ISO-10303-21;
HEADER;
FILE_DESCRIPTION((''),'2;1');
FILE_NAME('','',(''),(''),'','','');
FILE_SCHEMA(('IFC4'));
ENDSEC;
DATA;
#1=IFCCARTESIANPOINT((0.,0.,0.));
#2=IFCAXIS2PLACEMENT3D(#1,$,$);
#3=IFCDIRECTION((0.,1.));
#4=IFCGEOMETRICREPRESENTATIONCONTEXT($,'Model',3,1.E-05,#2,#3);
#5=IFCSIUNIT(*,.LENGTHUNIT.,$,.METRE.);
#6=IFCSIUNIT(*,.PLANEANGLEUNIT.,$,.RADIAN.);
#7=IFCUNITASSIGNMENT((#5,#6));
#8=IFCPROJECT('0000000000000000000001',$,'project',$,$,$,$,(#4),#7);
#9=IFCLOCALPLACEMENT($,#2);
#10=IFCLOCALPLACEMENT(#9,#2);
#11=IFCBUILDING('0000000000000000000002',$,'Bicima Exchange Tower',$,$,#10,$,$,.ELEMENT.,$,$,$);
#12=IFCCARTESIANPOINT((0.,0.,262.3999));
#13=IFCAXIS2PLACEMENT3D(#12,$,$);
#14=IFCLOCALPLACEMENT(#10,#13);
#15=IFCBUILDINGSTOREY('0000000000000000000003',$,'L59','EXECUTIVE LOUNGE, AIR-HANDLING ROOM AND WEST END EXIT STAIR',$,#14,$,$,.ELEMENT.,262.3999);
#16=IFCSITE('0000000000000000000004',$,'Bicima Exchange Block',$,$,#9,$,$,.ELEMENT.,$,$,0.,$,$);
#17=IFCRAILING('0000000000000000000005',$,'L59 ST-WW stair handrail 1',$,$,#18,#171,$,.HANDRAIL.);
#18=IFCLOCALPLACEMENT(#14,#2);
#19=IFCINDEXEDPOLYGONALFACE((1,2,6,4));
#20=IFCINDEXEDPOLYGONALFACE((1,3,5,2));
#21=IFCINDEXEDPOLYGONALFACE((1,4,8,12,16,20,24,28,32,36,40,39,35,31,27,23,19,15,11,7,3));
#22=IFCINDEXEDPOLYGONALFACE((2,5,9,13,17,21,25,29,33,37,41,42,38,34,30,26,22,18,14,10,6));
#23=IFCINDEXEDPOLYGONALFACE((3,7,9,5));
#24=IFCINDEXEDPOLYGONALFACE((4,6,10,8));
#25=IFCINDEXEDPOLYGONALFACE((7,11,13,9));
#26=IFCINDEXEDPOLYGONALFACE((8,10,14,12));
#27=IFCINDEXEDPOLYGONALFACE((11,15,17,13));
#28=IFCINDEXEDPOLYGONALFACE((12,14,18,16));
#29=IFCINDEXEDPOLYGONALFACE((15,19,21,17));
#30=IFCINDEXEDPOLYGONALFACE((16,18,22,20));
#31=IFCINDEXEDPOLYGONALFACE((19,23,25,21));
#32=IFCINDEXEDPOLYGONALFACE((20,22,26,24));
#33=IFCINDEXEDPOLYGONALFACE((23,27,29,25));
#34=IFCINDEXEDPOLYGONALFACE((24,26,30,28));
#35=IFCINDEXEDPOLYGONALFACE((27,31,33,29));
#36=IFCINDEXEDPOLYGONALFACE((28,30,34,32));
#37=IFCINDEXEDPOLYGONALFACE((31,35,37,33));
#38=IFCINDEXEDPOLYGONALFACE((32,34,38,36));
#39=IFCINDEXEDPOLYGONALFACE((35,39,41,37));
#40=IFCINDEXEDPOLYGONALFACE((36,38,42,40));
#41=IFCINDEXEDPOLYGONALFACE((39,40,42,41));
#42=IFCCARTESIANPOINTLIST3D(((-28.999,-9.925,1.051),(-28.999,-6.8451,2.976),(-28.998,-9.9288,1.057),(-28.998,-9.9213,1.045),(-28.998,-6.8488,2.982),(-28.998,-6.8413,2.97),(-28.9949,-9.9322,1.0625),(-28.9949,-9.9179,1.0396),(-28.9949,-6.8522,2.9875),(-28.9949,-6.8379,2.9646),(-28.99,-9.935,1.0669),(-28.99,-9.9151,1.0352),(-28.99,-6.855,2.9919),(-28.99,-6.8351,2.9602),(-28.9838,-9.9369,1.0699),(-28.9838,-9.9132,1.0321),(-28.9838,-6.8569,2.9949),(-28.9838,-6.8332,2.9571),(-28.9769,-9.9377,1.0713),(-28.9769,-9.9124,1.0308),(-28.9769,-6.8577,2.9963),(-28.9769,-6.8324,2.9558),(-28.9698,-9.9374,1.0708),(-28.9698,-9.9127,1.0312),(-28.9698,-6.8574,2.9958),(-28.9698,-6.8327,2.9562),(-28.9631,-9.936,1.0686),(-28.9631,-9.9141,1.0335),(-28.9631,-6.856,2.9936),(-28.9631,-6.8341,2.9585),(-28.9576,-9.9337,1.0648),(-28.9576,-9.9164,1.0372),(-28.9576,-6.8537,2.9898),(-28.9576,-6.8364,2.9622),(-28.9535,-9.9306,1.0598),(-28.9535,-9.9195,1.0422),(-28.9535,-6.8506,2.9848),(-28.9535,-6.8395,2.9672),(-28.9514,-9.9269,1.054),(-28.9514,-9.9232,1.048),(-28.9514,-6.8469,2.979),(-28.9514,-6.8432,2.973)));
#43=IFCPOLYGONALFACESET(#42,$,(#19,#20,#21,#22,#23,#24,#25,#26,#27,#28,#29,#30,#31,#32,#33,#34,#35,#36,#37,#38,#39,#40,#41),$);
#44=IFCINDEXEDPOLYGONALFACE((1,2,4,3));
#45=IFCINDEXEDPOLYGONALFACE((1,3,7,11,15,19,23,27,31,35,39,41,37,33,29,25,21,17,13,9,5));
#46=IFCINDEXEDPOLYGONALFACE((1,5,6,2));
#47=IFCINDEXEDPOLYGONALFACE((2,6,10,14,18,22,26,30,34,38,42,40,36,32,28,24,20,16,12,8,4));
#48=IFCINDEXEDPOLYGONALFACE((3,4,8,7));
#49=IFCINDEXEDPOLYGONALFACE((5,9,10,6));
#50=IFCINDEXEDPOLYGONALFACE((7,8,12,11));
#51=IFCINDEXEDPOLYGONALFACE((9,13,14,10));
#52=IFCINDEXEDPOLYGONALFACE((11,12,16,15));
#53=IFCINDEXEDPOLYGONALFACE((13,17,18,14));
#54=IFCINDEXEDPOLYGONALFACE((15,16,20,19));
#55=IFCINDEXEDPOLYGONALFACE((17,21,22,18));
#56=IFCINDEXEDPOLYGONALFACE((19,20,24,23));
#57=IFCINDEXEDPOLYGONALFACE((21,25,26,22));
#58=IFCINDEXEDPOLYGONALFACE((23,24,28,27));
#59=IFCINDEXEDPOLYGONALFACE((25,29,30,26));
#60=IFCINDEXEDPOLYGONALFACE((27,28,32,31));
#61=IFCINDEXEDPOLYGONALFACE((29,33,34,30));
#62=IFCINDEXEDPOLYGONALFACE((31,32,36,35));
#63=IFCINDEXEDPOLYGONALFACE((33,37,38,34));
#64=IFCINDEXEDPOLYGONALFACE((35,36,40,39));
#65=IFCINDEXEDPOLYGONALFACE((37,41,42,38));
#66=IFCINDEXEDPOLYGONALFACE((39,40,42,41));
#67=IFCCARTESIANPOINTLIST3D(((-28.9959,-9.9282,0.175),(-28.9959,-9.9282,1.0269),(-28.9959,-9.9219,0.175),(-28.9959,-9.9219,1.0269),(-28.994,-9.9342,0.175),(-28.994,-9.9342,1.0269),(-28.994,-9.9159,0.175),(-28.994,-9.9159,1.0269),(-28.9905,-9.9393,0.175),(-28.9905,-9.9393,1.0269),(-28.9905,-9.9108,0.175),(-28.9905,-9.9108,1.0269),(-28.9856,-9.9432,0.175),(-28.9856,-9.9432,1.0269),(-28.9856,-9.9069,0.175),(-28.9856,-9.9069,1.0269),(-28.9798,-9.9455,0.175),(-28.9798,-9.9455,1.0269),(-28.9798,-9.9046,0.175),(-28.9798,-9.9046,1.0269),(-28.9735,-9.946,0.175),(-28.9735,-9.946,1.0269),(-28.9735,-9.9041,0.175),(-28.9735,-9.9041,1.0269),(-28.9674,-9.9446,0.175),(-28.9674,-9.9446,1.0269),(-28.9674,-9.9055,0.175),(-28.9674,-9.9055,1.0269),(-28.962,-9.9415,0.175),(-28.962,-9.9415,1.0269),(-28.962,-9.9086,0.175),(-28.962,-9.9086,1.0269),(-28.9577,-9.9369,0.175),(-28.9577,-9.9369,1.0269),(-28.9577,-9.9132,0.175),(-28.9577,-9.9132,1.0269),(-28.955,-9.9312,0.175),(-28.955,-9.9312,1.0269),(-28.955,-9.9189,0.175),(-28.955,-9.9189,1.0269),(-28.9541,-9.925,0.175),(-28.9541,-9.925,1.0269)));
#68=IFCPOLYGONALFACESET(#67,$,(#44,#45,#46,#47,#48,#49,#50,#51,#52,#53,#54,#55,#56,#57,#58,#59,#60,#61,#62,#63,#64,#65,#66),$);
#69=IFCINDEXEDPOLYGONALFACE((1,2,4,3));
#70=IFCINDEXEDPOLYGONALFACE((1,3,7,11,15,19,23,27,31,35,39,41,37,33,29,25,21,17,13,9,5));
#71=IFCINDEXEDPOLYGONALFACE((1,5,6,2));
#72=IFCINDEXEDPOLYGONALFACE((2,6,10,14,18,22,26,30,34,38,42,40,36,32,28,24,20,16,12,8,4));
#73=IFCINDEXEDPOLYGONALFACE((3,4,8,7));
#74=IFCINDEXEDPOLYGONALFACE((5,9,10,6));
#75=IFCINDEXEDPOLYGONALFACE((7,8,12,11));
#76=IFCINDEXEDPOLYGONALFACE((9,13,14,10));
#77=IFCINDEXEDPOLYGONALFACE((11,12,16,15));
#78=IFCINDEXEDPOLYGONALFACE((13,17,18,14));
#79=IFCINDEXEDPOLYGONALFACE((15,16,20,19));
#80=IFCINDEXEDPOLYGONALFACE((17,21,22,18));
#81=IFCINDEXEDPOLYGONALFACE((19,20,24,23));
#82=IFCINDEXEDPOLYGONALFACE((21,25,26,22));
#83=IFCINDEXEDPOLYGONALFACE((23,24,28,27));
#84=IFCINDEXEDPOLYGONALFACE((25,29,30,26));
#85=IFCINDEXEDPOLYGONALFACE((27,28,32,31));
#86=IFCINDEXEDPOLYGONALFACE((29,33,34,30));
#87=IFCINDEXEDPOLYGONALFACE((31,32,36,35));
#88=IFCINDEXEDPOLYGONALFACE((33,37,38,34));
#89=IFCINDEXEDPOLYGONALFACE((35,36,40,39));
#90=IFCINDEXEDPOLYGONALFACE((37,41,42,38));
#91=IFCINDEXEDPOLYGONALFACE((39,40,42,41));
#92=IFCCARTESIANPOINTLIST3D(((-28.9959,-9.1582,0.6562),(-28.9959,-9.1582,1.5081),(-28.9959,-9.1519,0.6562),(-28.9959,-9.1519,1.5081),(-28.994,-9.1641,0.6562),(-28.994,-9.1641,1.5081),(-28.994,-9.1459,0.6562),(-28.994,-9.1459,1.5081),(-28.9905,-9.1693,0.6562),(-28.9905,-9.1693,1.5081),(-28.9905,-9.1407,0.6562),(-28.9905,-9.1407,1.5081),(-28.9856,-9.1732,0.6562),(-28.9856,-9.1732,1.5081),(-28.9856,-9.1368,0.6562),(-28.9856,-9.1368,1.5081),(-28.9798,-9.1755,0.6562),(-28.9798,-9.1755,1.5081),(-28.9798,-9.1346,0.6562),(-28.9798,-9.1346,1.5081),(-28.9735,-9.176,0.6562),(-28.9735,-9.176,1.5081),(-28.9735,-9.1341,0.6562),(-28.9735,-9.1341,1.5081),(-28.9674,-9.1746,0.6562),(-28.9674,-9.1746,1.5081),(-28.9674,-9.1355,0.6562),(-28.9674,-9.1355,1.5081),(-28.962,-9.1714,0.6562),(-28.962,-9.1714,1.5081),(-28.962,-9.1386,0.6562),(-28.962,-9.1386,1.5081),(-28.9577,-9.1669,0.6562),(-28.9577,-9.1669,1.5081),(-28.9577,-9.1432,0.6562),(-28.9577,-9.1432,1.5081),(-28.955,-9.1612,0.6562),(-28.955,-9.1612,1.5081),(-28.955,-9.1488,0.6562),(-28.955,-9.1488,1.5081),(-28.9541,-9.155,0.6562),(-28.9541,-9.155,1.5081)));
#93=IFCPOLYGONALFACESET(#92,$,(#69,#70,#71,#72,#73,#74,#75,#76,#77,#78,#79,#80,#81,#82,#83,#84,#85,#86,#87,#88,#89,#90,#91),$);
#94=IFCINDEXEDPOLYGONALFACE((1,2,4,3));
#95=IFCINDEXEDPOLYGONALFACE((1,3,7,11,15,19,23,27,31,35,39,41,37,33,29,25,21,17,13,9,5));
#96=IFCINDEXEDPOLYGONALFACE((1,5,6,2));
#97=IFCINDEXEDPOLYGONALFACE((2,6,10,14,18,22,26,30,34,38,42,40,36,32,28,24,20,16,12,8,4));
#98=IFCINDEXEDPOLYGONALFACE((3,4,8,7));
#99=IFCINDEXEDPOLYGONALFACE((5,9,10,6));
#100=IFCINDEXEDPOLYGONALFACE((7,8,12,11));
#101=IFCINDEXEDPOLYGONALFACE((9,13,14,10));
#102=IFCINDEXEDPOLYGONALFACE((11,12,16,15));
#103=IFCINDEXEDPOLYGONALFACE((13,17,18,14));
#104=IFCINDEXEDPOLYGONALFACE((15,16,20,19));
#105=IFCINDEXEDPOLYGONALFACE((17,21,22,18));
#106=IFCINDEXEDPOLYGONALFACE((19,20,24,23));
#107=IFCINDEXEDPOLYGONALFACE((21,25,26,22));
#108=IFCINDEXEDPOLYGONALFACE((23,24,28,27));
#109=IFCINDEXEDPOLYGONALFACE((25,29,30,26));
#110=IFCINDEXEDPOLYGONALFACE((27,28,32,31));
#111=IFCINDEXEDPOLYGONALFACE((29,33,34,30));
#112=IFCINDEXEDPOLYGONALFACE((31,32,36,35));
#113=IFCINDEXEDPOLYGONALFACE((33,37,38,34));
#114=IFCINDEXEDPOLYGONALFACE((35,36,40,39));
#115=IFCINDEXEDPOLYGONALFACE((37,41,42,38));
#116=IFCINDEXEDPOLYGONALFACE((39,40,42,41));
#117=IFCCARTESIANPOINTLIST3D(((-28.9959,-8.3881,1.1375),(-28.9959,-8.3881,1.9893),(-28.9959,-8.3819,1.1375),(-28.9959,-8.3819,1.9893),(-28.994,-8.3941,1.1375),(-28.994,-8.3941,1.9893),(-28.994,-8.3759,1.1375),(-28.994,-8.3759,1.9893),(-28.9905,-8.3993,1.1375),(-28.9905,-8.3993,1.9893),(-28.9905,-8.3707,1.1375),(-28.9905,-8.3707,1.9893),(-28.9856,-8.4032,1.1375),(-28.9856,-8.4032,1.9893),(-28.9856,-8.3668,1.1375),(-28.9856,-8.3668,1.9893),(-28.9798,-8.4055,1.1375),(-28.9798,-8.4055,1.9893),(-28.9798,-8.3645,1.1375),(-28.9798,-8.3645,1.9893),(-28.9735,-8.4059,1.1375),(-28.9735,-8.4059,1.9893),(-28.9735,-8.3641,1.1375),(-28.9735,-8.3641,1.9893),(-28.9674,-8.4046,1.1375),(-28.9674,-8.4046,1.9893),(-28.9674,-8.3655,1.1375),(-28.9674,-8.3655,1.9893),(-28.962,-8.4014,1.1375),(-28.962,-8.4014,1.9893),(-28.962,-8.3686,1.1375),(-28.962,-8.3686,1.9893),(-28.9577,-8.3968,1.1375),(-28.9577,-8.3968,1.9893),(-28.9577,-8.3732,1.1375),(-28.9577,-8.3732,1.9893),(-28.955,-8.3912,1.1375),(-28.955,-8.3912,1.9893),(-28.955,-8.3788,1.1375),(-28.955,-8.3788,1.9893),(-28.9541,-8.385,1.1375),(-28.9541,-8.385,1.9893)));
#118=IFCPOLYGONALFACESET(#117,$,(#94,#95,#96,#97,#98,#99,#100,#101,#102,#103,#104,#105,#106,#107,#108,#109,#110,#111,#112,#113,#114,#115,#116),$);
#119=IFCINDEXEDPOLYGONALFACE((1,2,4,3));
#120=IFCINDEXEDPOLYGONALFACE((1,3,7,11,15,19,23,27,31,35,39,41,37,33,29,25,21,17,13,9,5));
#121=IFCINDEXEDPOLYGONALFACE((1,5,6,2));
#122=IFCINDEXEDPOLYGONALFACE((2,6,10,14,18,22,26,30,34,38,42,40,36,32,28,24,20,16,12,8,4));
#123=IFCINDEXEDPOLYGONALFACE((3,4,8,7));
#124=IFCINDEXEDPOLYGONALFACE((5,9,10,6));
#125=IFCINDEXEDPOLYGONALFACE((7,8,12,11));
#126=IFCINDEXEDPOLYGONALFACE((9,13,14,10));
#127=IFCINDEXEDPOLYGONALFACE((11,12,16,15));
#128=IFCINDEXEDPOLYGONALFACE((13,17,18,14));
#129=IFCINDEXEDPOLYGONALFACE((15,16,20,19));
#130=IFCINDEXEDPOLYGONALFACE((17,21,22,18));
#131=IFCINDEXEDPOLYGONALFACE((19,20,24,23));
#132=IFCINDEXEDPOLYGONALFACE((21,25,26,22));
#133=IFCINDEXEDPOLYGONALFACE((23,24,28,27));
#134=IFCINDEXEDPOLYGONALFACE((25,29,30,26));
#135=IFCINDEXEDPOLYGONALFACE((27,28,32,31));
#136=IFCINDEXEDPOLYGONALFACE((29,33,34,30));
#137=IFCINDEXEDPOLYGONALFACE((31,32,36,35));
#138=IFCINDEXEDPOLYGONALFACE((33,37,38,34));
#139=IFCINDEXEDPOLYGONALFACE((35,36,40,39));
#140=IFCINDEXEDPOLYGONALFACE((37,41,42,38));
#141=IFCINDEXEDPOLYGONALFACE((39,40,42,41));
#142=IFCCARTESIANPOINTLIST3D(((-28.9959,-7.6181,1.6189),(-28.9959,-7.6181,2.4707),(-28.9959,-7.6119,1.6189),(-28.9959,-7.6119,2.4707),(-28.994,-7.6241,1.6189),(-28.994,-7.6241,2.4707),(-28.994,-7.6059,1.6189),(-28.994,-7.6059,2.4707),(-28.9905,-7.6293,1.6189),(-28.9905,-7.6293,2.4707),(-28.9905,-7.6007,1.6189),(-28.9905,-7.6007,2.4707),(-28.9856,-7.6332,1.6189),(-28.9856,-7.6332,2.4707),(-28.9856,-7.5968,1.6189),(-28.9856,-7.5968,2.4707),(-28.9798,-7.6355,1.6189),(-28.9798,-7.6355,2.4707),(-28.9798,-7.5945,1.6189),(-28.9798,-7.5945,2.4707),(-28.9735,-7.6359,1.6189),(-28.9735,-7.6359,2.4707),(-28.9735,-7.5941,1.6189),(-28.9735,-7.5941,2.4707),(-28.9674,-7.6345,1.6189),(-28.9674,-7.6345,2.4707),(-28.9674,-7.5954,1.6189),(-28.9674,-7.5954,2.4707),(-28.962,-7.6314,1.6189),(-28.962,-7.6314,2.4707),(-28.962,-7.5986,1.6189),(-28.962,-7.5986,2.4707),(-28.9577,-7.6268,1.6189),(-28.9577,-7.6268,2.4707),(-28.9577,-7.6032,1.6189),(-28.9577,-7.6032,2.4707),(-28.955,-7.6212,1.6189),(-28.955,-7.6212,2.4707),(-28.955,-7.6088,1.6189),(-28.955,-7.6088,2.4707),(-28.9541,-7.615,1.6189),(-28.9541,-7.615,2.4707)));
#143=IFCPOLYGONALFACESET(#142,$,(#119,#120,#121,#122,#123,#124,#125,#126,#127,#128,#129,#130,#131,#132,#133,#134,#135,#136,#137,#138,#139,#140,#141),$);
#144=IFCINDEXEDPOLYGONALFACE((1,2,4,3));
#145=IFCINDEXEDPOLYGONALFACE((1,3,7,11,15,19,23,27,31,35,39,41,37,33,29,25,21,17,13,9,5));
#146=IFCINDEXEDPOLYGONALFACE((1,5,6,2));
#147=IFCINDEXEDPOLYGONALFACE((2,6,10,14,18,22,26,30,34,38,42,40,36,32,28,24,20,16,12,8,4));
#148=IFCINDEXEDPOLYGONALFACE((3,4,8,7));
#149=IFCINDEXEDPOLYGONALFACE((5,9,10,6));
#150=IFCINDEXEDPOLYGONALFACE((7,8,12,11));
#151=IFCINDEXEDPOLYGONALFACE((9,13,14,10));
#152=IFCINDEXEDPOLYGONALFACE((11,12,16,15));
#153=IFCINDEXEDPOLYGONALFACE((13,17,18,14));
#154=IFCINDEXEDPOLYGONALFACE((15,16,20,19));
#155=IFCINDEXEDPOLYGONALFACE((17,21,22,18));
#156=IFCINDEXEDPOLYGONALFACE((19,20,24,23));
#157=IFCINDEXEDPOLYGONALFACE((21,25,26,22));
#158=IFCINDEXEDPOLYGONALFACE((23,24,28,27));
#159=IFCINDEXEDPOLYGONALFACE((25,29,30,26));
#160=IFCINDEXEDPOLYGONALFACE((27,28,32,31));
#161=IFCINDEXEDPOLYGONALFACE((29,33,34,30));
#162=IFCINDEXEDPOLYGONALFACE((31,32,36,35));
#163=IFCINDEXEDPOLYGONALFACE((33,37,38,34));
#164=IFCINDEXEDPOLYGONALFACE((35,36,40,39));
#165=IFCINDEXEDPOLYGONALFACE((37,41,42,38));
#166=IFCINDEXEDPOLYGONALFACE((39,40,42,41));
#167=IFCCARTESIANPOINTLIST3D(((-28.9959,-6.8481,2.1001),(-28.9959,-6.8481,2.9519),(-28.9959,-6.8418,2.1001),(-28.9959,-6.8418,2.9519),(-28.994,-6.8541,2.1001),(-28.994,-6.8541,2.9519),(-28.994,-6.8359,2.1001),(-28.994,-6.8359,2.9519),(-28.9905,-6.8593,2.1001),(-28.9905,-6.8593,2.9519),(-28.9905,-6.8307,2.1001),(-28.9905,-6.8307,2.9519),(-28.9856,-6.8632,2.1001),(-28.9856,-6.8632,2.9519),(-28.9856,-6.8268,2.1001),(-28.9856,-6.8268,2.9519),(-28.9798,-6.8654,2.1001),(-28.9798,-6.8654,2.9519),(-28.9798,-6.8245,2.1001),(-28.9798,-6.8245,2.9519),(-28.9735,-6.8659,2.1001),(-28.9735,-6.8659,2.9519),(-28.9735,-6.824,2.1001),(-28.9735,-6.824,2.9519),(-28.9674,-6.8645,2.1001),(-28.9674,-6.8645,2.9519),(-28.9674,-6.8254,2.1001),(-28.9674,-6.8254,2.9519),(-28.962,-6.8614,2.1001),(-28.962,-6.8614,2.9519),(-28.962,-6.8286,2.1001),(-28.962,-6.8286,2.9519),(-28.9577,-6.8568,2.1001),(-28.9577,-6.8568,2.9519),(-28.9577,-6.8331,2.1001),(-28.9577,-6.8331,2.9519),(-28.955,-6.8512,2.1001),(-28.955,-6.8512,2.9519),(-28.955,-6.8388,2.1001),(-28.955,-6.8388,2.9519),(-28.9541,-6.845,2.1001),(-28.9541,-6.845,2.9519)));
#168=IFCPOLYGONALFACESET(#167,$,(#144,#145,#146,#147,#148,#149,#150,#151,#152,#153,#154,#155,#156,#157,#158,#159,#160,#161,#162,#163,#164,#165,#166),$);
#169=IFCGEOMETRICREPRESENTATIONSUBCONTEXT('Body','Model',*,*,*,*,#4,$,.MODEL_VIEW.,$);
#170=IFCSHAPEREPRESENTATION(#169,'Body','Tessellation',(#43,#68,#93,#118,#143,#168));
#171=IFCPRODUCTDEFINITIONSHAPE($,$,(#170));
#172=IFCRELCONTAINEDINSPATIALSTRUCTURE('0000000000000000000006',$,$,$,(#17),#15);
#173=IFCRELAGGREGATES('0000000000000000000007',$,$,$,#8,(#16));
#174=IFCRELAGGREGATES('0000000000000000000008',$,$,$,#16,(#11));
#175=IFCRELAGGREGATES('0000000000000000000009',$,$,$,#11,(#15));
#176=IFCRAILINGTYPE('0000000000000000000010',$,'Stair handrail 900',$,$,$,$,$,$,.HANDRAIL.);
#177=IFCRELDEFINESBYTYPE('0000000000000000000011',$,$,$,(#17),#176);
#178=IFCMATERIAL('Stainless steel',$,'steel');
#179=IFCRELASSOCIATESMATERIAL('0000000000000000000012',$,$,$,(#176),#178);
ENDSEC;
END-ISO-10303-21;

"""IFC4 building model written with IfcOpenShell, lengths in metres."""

from ifc_helpers import new_model, si_unit, direction, frame, origin, origin_2d, place, context, subcontext, project, spatial, circle, extrude, material, type_object, element, save


model = new_model("IFC4")

# Units and contexts
model_context = context("Model", 3, precision=1e-05, world=origin(), true_north=direction((0.0, 1.0)))
body_context = subcontext(model_context, "Body", "Model", "MODEL_VIEW")
ifc_project = project(units=[si_unit("LENGTHUNIT", "METRE"), si_unit("PLANEANGLEUNIT", "RADIAN")], contexts=[model_context])

# Site, building, storey
site_placement = place(None, origin())
site = spatial("IfcSite", under=ifc_project, at=site_placement, Name="Bicima Exchange Block", CompositionType="ELEMENT", RefElevation=0.0)
building_placement = place(site_placement, origin())
building = spatial("IfcBuilding", under=site, at=building_placement, Name="Bicima Exchange Tower", CompositionType="ELEMENT")
storey_placement = place(building_placement, frame((0.0, 0.0, 262.3999)))
storey = spatial("IfcBuildingStorey", under=building, at=storey_placement, Name="L59", Description="EXECUTIVE LOUNGE, AIR-HANDLING ROOM AND WEST END EXIT STAIR", CompositionType="ELEMENT", Elevation=262.3999)

# Railing
ifc_material_1 = material(Name="Stainless steel", Category="steel")
railing_type_1 = type_object("IfcRailingType", Name="Stair handrail 900", PredefinedType="HANDRAIL", material=ifc_material_1)
railing_1_placement = place(storey_placement, frame((-28.9751, -9.925, 0.175)))
element("IfcRailing", 1, at=railing_1_placement, inside=storey, type_object=railing_type_1, Name="L59 ST-WW stair handrail 1", PredefinedType="HANDRAIL", context=body_context, shape_type="SweptSolid", body=[
    extrude(circle(Radius=0.0239, at=origin_2d()), frame((0.0, 0.0, 0.876), z_axis=(0.0, 0.847998, 0.529999), x_axis=(-1.0, 0.0, 0.0)), (0.0, 0.0, 1.0), 3.6321),
    extrude(circle(Radius=0.021, at=origin_2d()), origin(), (0.0, 0.0, 1.0), 0.8518),
    extrude(circle(Radius=0.021, at=origin_2d()), frame((0.0, 0.77, 0.4812)), (0.0, 0.0, 1.0), 0.8518),
    extrude(circle(Radius=0.021, at=origin_2d()), frame((0.0, 1.54, 0.9624)), (0.0, 0.0, 1.0), 0.8518),
    extrude(circle(Radius=0.021, at=origin_2d()), frame((0.0, 2.3101, 1.4438)), (0.0, 0.0, 1.0), 0.8518),
    extrude(circle(Radius=0.021, at=origin_2d()), frame((0.0, 3.0801, 1.925)), (0.0, 0.0, 1.0), 0.8518),
])

save(model, "model.ifc")
